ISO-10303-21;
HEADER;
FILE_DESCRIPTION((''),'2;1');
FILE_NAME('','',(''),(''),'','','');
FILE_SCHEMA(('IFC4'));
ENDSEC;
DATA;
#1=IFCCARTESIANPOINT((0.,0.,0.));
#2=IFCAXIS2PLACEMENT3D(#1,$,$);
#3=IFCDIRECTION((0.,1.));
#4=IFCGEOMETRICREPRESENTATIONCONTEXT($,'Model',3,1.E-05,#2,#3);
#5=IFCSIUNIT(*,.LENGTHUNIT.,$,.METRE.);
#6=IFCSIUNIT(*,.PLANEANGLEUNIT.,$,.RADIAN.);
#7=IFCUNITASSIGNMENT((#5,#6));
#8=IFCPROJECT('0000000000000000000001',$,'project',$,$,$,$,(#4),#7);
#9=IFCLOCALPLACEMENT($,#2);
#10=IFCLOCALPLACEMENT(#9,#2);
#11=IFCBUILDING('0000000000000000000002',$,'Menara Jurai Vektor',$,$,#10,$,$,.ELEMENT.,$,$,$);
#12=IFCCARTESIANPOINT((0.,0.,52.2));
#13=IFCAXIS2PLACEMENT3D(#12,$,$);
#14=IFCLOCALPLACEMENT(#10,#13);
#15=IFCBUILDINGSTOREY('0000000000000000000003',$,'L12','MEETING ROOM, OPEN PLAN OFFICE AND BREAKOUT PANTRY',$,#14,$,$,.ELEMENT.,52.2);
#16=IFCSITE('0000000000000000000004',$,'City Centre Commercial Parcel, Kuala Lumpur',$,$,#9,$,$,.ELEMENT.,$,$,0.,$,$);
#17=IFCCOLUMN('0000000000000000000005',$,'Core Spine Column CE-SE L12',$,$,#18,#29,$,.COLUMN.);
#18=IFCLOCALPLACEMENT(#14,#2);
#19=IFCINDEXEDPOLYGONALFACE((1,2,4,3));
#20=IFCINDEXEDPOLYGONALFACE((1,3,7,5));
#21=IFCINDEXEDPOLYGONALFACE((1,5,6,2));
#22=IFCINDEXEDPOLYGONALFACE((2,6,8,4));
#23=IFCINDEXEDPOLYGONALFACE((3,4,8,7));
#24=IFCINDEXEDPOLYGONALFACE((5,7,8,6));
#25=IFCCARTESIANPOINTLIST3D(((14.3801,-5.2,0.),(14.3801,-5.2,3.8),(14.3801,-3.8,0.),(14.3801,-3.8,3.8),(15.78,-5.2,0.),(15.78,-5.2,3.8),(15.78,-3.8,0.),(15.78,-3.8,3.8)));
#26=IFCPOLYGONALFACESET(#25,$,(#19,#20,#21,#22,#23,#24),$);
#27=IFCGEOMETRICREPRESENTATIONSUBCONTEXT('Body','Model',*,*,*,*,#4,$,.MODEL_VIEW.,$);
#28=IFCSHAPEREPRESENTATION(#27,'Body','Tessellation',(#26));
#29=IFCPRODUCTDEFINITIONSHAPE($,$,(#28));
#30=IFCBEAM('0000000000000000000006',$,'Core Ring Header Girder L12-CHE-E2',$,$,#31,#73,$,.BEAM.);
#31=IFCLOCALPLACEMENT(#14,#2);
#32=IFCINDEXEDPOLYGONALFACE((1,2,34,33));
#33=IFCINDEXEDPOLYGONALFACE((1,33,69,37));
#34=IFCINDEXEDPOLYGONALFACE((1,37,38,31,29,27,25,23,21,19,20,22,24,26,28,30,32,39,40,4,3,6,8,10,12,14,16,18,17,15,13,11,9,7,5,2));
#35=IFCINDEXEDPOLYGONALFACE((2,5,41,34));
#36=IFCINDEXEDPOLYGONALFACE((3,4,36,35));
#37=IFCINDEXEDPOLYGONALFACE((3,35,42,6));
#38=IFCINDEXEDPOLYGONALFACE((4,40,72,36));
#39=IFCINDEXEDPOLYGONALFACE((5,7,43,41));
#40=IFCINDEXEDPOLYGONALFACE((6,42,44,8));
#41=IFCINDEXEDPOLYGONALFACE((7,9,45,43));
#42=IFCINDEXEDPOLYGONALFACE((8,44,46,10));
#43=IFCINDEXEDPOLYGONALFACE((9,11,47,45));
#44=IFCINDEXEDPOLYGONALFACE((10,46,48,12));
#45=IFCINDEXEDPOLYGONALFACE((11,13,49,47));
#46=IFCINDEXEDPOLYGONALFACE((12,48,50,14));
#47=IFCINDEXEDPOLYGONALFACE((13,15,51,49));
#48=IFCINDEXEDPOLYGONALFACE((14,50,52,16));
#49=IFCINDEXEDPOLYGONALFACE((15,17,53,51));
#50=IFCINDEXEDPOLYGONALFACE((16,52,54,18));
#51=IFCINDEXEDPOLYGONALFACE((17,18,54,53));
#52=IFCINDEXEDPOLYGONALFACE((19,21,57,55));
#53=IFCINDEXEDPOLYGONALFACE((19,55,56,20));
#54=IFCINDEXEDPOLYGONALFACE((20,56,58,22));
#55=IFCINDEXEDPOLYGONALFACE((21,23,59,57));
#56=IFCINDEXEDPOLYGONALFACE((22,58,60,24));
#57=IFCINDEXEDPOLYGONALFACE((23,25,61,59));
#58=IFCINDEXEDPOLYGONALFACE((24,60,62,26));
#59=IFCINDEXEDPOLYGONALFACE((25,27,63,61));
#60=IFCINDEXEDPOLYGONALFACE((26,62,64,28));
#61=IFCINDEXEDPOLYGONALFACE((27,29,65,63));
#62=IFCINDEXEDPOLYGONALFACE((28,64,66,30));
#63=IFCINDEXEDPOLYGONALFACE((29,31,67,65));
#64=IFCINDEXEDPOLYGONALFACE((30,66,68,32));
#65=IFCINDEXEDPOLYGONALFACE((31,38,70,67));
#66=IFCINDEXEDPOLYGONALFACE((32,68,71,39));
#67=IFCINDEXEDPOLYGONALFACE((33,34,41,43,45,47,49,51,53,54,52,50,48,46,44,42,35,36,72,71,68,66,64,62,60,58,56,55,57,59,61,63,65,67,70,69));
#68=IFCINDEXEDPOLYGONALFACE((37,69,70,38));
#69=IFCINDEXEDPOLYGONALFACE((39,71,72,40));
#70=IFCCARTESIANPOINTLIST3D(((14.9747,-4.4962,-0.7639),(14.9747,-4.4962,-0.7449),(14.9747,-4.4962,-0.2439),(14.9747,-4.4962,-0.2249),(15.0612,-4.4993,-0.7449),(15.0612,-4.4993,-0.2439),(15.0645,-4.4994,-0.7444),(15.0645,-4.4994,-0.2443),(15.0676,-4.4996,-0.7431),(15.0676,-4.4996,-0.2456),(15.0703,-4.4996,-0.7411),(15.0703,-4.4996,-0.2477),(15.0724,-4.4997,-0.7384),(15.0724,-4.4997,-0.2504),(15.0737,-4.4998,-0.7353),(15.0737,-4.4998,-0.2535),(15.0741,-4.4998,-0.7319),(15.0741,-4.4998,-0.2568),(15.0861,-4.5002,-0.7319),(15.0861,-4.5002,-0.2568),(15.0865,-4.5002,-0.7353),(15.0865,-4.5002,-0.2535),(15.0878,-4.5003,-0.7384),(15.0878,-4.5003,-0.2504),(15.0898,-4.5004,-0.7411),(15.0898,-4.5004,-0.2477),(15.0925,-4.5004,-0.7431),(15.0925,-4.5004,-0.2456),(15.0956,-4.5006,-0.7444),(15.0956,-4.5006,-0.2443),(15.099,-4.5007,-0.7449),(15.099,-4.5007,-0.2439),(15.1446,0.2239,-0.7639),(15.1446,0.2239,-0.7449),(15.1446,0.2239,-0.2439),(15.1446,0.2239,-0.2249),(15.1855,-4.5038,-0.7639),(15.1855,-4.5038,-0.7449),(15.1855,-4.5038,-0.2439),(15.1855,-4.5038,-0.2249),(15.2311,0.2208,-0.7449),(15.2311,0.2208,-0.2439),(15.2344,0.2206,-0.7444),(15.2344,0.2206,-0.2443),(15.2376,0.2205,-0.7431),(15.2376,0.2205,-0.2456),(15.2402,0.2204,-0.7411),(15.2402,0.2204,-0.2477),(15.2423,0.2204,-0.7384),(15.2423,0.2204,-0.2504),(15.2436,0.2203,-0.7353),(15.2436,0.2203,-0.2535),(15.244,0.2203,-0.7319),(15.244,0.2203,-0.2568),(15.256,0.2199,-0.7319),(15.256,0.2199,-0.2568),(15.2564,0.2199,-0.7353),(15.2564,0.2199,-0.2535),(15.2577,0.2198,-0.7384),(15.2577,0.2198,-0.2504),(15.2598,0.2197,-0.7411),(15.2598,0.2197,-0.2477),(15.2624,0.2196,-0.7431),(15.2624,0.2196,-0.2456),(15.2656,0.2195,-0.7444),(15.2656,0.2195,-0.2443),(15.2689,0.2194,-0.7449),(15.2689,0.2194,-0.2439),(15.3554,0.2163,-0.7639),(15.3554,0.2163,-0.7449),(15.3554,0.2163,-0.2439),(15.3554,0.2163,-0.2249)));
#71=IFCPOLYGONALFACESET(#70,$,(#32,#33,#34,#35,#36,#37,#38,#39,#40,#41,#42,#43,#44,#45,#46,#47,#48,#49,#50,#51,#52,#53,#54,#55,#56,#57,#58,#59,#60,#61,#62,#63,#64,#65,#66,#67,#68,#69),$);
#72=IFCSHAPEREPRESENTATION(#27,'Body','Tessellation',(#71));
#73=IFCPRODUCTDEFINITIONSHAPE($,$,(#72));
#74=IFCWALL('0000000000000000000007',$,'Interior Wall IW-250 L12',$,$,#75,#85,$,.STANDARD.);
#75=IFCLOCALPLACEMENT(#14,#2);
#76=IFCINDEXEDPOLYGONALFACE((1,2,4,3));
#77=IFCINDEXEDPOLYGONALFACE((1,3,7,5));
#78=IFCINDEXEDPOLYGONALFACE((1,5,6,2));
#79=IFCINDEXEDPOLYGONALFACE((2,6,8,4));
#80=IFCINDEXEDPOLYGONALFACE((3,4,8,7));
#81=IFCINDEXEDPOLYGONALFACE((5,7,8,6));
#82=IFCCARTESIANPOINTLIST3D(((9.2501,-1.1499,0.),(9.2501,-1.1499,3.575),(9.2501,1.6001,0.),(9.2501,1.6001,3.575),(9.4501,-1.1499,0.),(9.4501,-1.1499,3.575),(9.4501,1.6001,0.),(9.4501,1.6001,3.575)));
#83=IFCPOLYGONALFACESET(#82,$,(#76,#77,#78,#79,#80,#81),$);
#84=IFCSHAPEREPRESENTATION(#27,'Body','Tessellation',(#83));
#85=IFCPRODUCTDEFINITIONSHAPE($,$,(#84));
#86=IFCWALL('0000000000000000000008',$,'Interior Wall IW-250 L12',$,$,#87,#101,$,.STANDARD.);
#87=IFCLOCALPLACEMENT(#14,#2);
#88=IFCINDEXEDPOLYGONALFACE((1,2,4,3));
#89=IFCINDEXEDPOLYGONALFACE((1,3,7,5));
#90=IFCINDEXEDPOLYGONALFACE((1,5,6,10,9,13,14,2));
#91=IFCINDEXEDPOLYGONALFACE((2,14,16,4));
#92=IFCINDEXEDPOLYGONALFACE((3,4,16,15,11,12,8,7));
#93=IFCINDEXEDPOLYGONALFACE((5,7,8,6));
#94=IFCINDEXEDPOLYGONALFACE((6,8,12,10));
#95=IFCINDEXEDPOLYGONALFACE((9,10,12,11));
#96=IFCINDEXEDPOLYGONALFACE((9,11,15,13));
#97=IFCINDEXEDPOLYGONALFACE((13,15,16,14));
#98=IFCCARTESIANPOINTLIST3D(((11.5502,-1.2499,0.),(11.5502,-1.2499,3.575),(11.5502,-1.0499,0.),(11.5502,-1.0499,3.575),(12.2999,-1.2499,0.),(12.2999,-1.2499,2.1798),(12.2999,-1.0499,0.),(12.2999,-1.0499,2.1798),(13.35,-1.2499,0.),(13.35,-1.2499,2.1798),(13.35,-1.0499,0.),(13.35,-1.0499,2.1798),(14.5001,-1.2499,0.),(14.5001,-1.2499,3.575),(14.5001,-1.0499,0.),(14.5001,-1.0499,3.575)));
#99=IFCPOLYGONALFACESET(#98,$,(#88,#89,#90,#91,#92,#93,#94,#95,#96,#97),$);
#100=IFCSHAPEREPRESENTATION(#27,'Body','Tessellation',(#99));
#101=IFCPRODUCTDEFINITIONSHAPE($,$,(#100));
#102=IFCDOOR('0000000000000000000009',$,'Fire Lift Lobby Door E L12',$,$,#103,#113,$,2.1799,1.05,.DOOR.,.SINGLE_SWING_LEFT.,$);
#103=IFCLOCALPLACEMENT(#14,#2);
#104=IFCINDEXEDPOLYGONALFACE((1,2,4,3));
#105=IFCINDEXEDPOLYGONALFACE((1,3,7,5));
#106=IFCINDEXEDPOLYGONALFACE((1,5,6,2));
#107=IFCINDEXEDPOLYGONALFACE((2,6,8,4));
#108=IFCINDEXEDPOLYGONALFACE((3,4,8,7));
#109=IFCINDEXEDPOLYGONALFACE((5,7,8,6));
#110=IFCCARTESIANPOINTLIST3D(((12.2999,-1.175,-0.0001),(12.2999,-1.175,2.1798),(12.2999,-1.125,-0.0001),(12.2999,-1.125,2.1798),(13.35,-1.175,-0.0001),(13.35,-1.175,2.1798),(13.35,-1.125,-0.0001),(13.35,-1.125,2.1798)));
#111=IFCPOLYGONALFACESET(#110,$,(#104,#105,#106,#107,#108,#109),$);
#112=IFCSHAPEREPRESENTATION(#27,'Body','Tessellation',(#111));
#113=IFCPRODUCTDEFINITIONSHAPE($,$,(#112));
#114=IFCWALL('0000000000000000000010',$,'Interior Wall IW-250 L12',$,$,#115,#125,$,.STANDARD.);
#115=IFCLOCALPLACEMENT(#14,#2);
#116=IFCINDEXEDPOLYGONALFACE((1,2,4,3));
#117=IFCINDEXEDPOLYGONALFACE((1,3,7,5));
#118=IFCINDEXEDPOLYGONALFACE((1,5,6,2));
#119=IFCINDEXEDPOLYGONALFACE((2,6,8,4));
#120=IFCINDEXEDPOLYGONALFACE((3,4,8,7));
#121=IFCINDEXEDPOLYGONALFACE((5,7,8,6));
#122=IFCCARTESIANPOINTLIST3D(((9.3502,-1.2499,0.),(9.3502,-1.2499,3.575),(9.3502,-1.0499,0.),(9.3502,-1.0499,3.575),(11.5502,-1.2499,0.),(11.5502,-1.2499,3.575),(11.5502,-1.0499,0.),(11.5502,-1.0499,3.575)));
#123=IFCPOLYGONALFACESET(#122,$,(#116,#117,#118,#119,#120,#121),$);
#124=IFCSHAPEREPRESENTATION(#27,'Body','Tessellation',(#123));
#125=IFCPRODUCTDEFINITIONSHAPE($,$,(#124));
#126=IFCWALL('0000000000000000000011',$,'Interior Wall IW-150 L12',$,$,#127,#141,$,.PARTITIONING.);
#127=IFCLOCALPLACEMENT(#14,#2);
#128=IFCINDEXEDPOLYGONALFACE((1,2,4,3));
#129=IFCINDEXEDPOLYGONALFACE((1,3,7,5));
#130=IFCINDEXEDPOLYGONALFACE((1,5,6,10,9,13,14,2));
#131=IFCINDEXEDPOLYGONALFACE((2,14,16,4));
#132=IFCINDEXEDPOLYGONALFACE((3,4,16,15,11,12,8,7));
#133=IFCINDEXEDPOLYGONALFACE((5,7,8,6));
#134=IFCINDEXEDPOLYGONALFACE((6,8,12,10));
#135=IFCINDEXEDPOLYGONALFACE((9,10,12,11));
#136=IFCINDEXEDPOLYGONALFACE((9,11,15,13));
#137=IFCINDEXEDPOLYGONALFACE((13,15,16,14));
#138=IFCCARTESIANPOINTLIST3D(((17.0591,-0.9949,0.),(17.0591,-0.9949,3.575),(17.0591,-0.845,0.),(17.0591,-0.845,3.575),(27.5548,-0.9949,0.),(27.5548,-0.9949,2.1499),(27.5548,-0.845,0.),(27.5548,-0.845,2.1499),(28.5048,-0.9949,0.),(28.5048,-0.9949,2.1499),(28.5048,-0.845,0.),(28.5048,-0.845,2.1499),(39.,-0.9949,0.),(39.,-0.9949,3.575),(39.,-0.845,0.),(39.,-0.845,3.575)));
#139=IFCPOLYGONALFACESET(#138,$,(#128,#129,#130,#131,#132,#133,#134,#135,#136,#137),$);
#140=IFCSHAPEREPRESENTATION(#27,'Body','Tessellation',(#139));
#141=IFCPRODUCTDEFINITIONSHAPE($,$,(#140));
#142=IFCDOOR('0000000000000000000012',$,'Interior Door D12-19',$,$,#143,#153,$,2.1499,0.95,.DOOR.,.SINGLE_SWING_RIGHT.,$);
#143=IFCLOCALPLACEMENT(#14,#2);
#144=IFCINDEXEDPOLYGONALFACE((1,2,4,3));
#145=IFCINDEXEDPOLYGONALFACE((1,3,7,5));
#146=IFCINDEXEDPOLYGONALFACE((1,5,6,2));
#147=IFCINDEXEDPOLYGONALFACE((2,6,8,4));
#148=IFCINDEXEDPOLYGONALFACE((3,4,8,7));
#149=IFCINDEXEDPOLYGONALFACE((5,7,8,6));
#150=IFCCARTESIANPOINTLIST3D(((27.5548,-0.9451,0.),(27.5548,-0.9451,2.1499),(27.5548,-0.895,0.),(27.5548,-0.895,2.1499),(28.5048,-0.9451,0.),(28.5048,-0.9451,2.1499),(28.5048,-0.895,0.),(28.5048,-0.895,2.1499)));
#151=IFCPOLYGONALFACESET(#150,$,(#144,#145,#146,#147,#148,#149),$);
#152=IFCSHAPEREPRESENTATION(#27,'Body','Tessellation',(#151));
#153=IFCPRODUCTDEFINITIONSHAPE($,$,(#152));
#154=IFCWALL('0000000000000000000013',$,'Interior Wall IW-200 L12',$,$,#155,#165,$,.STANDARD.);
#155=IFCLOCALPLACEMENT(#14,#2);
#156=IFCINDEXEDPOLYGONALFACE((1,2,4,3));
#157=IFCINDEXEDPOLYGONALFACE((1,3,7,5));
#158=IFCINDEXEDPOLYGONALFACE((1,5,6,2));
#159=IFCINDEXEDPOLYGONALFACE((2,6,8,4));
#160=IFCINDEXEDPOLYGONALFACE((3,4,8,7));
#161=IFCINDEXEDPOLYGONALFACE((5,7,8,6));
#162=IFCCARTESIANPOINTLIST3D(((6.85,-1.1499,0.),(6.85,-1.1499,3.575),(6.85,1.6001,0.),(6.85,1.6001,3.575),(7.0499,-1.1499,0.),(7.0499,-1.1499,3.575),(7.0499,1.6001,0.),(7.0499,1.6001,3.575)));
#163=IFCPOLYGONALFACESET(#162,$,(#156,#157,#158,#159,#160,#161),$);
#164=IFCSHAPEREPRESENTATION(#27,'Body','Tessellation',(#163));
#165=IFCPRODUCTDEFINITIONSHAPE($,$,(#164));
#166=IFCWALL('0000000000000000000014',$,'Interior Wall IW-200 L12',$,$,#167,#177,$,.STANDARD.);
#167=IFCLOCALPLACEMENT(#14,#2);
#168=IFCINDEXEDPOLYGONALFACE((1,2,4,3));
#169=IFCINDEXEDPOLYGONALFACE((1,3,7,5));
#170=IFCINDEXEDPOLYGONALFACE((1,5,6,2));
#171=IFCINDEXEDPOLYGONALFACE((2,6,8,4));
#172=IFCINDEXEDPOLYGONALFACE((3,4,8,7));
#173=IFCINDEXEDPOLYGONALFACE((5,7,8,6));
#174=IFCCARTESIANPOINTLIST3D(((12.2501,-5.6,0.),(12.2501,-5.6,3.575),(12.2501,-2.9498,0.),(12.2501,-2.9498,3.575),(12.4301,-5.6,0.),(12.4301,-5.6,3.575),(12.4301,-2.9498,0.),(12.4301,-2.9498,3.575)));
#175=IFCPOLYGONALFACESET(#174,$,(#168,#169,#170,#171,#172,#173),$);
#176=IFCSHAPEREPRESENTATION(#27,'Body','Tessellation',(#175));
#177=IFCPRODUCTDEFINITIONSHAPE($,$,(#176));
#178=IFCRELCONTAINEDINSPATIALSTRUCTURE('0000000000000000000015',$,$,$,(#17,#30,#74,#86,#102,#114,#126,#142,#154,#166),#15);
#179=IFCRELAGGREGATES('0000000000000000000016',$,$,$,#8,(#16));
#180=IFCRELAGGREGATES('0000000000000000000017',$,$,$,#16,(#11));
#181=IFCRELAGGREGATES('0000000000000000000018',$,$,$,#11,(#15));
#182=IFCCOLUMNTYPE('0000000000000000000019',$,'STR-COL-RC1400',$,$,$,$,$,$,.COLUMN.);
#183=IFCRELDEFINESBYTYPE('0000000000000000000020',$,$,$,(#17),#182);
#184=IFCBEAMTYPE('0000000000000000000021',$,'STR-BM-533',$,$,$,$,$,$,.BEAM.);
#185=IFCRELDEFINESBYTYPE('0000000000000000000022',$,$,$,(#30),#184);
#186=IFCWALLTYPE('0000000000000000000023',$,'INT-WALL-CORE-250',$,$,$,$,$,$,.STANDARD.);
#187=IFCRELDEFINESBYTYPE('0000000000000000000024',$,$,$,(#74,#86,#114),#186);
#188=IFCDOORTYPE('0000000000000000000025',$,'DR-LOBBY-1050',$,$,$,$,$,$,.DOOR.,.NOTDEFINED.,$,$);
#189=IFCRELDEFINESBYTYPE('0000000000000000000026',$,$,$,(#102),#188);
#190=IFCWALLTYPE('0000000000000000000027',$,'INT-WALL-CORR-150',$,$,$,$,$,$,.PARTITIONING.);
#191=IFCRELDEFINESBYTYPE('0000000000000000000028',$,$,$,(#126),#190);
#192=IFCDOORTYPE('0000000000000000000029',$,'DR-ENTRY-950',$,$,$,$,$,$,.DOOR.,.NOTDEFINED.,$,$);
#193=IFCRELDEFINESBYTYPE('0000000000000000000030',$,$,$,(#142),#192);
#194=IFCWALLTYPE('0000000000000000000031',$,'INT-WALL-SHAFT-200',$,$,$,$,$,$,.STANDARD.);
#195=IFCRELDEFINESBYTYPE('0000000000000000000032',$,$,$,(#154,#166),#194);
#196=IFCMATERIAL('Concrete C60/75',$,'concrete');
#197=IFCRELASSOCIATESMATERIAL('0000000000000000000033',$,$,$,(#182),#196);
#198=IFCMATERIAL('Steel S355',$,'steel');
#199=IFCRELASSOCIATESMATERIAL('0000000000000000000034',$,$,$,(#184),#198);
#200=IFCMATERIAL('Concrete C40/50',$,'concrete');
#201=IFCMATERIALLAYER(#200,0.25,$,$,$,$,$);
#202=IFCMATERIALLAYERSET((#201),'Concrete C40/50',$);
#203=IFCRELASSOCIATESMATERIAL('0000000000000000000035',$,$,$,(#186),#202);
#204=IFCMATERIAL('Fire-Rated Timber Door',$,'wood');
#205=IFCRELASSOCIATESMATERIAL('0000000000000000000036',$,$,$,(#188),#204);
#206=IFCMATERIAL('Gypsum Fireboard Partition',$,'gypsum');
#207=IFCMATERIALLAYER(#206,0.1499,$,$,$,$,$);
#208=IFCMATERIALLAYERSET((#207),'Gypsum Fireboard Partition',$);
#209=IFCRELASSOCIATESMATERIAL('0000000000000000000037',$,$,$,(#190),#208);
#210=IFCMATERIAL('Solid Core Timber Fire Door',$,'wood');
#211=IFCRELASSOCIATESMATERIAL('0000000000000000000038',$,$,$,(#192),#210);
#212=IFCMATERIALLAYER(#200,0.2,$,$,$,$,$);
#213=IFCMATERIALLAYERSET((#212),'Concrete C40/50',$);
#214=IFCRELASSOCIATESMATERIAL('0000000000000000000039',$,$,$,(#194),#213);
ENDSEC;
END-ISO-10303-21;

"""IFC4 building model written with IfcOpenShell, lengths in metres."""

from ifc_helpers import new_model, si_unit, direction, frame, frame_2d, origin, origin_2d, place, context, subcontext, project, spatial, rectangle, i_section, extrude, material, layer, layer_set, material_profile, profile_set, type_object, element, fill, save


model = new_model("IFC4")

# Units and contexts
model_context = context("Model", 3, precision=1e-05, world=origin(), true_north=direction((0.0, 1.0)))
body_context = subcontext(model_context, "Body", "Model", "MODEL_VIEW")
ifc_project = project(units=[si_unit("LENGTHUNIT", "METRE"), si_unit("PLANEANGLEUNIT", "RADIAN")], contexts=[model_context])

# Site, building, storey
site_placement = place(None, origin())
site = spatial("IfcSite", under=ifc_project, at=site_placement, Name="City Centre Commercial Parcel, Kuala Lumpur", CompositionType="ELEMENT", RefElevation=0.0)
building_placement = place(site_placement, origin())
building = spatial("IfcBuilding", under=site, at=building_placement, Name="Menara Jurai Vektor", CompositionType="ELEMENT")
storey_placement = place(building_placement, frame((0.0, 0.0, 52.2)))
storey = spatial("IfcBuildingStorey", under=building, at=storey_placement, Name="L12", Description="MEETING ROOM, OPEN PLAN OFFICE AND BREAKOUT PANTRY", CompositionType="ELEMENT", Elevation=52.2)

# Column
ifc_material_1 = material(Name="Concrete C60/75", Category="concrete")
ifc_material_profile_1 = material_profile(ifc_material_1, rectangle(XDim=1.3999, YDim=1.3999, at=origin_2d()), Name="RC 1400x1400")
ifc_profile_set_1 = profile_set([ifc_material_profile_1], Name="Concrete C60/75")
column_type = type_object("IfcColumnType", Name="STR-COL-RC1400", PredefinedType="COLUMN", material=ifc_profile_set_1)
column_placement = place(storey_placement, frame((15.0801, -4.5, 0.0), z_axis=(0.0, 0.0, 1.0), x_axis=(1.0, 0.0, 0.0)))
element("IfcColumn", 1, at=column_placement, inside=storey, type_object=column_type, Name="Core Spine Column CE-SE L12", PredefinedType="COLUMN", context=body_context, shape_type="SweptSolid", body=[
    extrude(rectangle(XDim=1.3999, YDim=1.3999, at=origin_2d()), origin(), (0.0, 0.0, 1.0), 3.8),
])

# Beam
ifc_material_2 = material(Name="Steel S355", Category="steel")
ifc_material_profile_2 = material_profile(ifc_material_2, i_section(OverallWidth=0.2109, OverallDepth=0.5391, WebThickness=0.012, FlangeThickness=0.019, FilletRadius=0.0129, at=origin_2d()), Name="UKB 533x210x109")
ifc_profile_set_2 = profile_set([ifc_material_profile_2], Name="Steel S355")
beam_type = type_object("IfcBeamType", Name="STR-BM-533", PredefinedType="BEAM", material=ifc_profile_set_2)
beam_placement = place(storey_placement, frame((15.0801, -4.5, -0.4944), z_axis=(0.035977, 0.999353, 0.0), x_axis=(-0.999353, 0.035977, 0.0)))
element("IfcBeam", 2, at=beam_placement, inside=storey, type_object=beam_type, Name="Core Ring Header Girder L12-CHE-E2", PredefinedType="BEAM", context=body_context, shape_type="SweptSolid", body=[
    extrude(i_section(OverallWidth=0.2109, OverallDepth=0.5391, WebThickness=0.012, FlangeThickness=0.019, FilletRadius=0.0129, at=origin_2d()), origin(), (0.0, 0.0, 1.0), 4.7231),
])

# Shared definitions
ifc_material_3 = material(Name="Concrete C40/50", Category="concrete")
ifc_layer_1 = layer(ifc_material_3, 0.25)
ifc_layer_set_1 = layer_set([ifc_layer_1], Name="Concrete C40/50")
wall_type_1 = type_object("IfcWallType", Name="INT-WALL-CORE-250", PredefinedType="STANDARD", material=ifc_layer_set_1)

# Wall
wall_1_placement = place(storey_placement, frame((9.3501, -1.1499, 0.0), z_axis=(0.0, 0.0, 1.0), x_axis=(0.0, 1.0, 0.0)))
element("IfcWall", 3, at=wall_1_placement, inside=storey, type_object=wall_type_1, Name="Interior Wall IW-250 L12", PredefinedType="STANDARD", context=body_context, shape_type="SweptSolid", body=[
    extrude(rectangle(XDim=2.75, YDim=0.2, at=frame_2d((1.375, 0.0))), origin(), (0.0, 0.0, 1.0), 3.575),
])

# Wall, opening, door
wall_2_placement = place(storey_placement, frame((11.55, -1.1499, 0.0), z_axis=(0.0, 0.0, 1.0), x_axis=(1.0, 0.0, 0.0)))
wall_2 = element("IfcWall", 4, at=wall_2_placement, inside=storey, type_object=wall_type_1, Name="Interior Wall IW-250 L12", PredefinedType="STANDARD", context=body_context, shape_type="SweptSolid", body=[
    extrude(rectangle(XDim=2.95, YDim=0.2, at=frame_2d((1.4751, 0.0))), origin(), (0.0, 0.0, 1.0), 3.575),
])
opening_1_placement = place(wall_2_placement, frame((0.75, 0.0, 0.0)))
opening_1 = element("IfcOpeningElement", 5, at=opening_1_placement, cuts=wall_2, PredefinedType="OPENING", context=body_context, shape_type="SweptSolid", body=[
    extrude(rectangle(XDim=1.05, YDim=2.1799, at=frame_2d((0.5249, 1.0898))), frame((0.0, 0.1099, 0.0), z_axis=(0.0, -1.0, 0.0), x_axis=(1.0, 0.0, 0.0)), (0.0, 0.0, 1.0), 0.22),
])
ifc_material_4 = material(Name="Fire-Rated Timber Door", Category="wood")
door_type_1 = type_object("IfcDoorType", Name="DR-LOBBY-1050", OperationType="NOTDEFINED", PredefinedType="DOOR", material=ifc_material_4)
door_1_placement = place(opening_1_placement, origin())
door_1 = element("IfcDoor", 6, at=door_1_placement, inside=storey, type_object=door_type_1, Name="Fire Lift Lobby Door E L12", OperationType="SINGLE_SWING_LEFT", OverallHeight=2.1799, OverallWidth=1.05, PredefinedType="DOOR", context=body_context, shape_type="SweptSolid", body=[
    extrude(rectangle(XDim=1.05, YDim=2.1799, at=frame_2d((0.5249, 1.0898))), frame((0.0, 0.0249, 0.0), z_axis=(0.0, -1.0, 0.0), x_axis=(1.0, 0.0, 0.0)), (0.0, 0.0, 1.0), 0.05),
])
fill(opening_1, door_1)

# Wall
wall_3_placement = place(storey_placement, frame((9.3501, -1.1499, 0.0), z_axis=(0.0, 0.0, 1.0), x_axis=(1.0, 0.0, 0.0)))
element("IfcWall", 7, at=wall_3_placement, inside=storey, type_object=wall_type_1, Name="Interior Wall IW-250 L12", PredefinedType="STANDARD", context=body_context, shape_type="SweptSolid", body=[
    extrude(rectangle(XDim=2.2, YDim=0.2, at=frame_2d((1.1001, 0.0))), origin(), (0.0, 0.0, 1.0), 3.575),
])

# Wall, opening, door
ifc_material_5 = material(Name="Gypsum Fireboard Partition", Category="gypsum")
ifc_layer_2 = layer(ifc_material_5, 0.1499)
ifc_layer_set_2 = layer_set([ifc_layer_2], Name="Gypsum Fireboard Partition")
wall_type_2 = type_object("IfcWallType", Name="INT-WALL-CORR-150", PredefinedType="PARTITIONING", material=ifc_layer_set_2)
wall_4_placement = place(storey_placement, frame((17.0591, -0.9199, 0.0), z_axis=(0.0, 0.0, 1.0), x_axis=(1.0, 0.0, 0.0)))
wall_4 = element("IfcWall", 8, at=wall_4_placement, inside=storey, type_object=wall_type_2, Name="Interior Wall IW-150 L12", PredefinedType="PARTITIONING", context=body_context, shape_type="SweptSolid", body=[
    extrude(rectangle(XDim=21.9409, YDim=0.1499, at=frame_2d((10.9705, 0.0))), origin(), (0.0, 0.0, 1.0), 3.575),
])
opening_2_placement = place(wall_4_placement, frame((10.4956, 0.0, 0.0)))
opening_2 = element("IfcOpeningElement", 9, at=opening_2_placement, cuts=wall_4, PredefinedType="OPENING", context=body_context, shape_type="SweptSolid", body=[
    extrude(rectangle(XDim=0.95, YDim=2.1499, at=frame_2d((0.4751, 1.075))), frame((0.0, 0.085, 0.0), z_axis=(0.0, -1.0, 0.0), x_axis=(1.0, 0.0, 0.0)), (0.0, 0.0, 1.0), 0.1699),
])
ifc_material_6 = material(Name="Solid Core Timber Fire Door", Category="wood")
door_type_2 = type_object("IfcDoorType", Name="DR-ENTRY-950", OperationType="NOTDEFINED", PredefinedType="DOOR", material=ifc_material_6)
door_2_placement = place(opening_2_placement, origin())
door_2 = element("IfcDoor", 10, at=door_2_placement, inside=storey, type_object=door_type_2, Name="Interior Door D12-19", OperationType="SINGLE_SWING_RIGHT", OverallHeight=2.1499, OverallWidth=0.95, PredefinedType="DOOR", context=body_context, shape_type="SweptSolid", body=[
    extrude(rectangle(XDim=0.95, YDim=2.1499, at=frame_2d((0.4751, 1.075))), frame((0.0, 0.0249, 0.0), z_axis=(0.0, -1.0, 0.0), x_axis=(1.0, 0.0, 0.0)), (0.0, 0.0, 1.0), 0.05),
])
fill(opening_2, door_2)

# Wall
ifc_layer_3 = layer(ifc_material_3, 0.2)
ifc_layer_set_3 = layer_set([ifc_layer_3], Name="Concrete C40/50")
wall_type_3 = type_object("IfcWallType", Name="INT-WALL-SHAFT-200", PredefinedType="STANDARD", material=ifc_layer_set_3)
wall_5_placement = place(storey_placement, frame((6.95, -1.1499, 0.0), z_axis=(0.0, 0.0, 1.0), x_axis=(0.0, 1.0, 0.0)))
element("IfcWall", 11, at=wall_5_placement, inside=storey, type_object=wall_type_3, Name="Interior Wall IW-200 L12", PredefinedType="STANDARD", context=body_context, shape_type="SweptSolid", body=[
    extrude(rectangle(XDim=2.75, YDim=0.2, at=frame_2d((1.375, 0.0))), origin(), (0.0, 0.0, 1.0), 3.575),
])

# Wall
for number, where, z_axis, x_axis, name in (
    (12, (12.3401, -5.6001, 0.0), (0.0, 0.0, 1.0), (0.0, 1.0, 0.0), "Interior Wall IW-200 L12"),
):
    element("IfcWall", number, at=place(storey_placement, frame(where, z_axis=z_axis, x_axis=x_axis)), inside=storey, type_object=wall_type_3, Name=name, PredefinedType="STANDARD", context=body_context, shape_type="SweptSolid", body=[
        extrude(rectangle(XDim=2.6501, YDim=0.1799, at=frame_2d((1.3252, 0.0))), origin(), (0.0, 0.0, 1.0), 3.575),
    ])

save(model, "model.ifc")
